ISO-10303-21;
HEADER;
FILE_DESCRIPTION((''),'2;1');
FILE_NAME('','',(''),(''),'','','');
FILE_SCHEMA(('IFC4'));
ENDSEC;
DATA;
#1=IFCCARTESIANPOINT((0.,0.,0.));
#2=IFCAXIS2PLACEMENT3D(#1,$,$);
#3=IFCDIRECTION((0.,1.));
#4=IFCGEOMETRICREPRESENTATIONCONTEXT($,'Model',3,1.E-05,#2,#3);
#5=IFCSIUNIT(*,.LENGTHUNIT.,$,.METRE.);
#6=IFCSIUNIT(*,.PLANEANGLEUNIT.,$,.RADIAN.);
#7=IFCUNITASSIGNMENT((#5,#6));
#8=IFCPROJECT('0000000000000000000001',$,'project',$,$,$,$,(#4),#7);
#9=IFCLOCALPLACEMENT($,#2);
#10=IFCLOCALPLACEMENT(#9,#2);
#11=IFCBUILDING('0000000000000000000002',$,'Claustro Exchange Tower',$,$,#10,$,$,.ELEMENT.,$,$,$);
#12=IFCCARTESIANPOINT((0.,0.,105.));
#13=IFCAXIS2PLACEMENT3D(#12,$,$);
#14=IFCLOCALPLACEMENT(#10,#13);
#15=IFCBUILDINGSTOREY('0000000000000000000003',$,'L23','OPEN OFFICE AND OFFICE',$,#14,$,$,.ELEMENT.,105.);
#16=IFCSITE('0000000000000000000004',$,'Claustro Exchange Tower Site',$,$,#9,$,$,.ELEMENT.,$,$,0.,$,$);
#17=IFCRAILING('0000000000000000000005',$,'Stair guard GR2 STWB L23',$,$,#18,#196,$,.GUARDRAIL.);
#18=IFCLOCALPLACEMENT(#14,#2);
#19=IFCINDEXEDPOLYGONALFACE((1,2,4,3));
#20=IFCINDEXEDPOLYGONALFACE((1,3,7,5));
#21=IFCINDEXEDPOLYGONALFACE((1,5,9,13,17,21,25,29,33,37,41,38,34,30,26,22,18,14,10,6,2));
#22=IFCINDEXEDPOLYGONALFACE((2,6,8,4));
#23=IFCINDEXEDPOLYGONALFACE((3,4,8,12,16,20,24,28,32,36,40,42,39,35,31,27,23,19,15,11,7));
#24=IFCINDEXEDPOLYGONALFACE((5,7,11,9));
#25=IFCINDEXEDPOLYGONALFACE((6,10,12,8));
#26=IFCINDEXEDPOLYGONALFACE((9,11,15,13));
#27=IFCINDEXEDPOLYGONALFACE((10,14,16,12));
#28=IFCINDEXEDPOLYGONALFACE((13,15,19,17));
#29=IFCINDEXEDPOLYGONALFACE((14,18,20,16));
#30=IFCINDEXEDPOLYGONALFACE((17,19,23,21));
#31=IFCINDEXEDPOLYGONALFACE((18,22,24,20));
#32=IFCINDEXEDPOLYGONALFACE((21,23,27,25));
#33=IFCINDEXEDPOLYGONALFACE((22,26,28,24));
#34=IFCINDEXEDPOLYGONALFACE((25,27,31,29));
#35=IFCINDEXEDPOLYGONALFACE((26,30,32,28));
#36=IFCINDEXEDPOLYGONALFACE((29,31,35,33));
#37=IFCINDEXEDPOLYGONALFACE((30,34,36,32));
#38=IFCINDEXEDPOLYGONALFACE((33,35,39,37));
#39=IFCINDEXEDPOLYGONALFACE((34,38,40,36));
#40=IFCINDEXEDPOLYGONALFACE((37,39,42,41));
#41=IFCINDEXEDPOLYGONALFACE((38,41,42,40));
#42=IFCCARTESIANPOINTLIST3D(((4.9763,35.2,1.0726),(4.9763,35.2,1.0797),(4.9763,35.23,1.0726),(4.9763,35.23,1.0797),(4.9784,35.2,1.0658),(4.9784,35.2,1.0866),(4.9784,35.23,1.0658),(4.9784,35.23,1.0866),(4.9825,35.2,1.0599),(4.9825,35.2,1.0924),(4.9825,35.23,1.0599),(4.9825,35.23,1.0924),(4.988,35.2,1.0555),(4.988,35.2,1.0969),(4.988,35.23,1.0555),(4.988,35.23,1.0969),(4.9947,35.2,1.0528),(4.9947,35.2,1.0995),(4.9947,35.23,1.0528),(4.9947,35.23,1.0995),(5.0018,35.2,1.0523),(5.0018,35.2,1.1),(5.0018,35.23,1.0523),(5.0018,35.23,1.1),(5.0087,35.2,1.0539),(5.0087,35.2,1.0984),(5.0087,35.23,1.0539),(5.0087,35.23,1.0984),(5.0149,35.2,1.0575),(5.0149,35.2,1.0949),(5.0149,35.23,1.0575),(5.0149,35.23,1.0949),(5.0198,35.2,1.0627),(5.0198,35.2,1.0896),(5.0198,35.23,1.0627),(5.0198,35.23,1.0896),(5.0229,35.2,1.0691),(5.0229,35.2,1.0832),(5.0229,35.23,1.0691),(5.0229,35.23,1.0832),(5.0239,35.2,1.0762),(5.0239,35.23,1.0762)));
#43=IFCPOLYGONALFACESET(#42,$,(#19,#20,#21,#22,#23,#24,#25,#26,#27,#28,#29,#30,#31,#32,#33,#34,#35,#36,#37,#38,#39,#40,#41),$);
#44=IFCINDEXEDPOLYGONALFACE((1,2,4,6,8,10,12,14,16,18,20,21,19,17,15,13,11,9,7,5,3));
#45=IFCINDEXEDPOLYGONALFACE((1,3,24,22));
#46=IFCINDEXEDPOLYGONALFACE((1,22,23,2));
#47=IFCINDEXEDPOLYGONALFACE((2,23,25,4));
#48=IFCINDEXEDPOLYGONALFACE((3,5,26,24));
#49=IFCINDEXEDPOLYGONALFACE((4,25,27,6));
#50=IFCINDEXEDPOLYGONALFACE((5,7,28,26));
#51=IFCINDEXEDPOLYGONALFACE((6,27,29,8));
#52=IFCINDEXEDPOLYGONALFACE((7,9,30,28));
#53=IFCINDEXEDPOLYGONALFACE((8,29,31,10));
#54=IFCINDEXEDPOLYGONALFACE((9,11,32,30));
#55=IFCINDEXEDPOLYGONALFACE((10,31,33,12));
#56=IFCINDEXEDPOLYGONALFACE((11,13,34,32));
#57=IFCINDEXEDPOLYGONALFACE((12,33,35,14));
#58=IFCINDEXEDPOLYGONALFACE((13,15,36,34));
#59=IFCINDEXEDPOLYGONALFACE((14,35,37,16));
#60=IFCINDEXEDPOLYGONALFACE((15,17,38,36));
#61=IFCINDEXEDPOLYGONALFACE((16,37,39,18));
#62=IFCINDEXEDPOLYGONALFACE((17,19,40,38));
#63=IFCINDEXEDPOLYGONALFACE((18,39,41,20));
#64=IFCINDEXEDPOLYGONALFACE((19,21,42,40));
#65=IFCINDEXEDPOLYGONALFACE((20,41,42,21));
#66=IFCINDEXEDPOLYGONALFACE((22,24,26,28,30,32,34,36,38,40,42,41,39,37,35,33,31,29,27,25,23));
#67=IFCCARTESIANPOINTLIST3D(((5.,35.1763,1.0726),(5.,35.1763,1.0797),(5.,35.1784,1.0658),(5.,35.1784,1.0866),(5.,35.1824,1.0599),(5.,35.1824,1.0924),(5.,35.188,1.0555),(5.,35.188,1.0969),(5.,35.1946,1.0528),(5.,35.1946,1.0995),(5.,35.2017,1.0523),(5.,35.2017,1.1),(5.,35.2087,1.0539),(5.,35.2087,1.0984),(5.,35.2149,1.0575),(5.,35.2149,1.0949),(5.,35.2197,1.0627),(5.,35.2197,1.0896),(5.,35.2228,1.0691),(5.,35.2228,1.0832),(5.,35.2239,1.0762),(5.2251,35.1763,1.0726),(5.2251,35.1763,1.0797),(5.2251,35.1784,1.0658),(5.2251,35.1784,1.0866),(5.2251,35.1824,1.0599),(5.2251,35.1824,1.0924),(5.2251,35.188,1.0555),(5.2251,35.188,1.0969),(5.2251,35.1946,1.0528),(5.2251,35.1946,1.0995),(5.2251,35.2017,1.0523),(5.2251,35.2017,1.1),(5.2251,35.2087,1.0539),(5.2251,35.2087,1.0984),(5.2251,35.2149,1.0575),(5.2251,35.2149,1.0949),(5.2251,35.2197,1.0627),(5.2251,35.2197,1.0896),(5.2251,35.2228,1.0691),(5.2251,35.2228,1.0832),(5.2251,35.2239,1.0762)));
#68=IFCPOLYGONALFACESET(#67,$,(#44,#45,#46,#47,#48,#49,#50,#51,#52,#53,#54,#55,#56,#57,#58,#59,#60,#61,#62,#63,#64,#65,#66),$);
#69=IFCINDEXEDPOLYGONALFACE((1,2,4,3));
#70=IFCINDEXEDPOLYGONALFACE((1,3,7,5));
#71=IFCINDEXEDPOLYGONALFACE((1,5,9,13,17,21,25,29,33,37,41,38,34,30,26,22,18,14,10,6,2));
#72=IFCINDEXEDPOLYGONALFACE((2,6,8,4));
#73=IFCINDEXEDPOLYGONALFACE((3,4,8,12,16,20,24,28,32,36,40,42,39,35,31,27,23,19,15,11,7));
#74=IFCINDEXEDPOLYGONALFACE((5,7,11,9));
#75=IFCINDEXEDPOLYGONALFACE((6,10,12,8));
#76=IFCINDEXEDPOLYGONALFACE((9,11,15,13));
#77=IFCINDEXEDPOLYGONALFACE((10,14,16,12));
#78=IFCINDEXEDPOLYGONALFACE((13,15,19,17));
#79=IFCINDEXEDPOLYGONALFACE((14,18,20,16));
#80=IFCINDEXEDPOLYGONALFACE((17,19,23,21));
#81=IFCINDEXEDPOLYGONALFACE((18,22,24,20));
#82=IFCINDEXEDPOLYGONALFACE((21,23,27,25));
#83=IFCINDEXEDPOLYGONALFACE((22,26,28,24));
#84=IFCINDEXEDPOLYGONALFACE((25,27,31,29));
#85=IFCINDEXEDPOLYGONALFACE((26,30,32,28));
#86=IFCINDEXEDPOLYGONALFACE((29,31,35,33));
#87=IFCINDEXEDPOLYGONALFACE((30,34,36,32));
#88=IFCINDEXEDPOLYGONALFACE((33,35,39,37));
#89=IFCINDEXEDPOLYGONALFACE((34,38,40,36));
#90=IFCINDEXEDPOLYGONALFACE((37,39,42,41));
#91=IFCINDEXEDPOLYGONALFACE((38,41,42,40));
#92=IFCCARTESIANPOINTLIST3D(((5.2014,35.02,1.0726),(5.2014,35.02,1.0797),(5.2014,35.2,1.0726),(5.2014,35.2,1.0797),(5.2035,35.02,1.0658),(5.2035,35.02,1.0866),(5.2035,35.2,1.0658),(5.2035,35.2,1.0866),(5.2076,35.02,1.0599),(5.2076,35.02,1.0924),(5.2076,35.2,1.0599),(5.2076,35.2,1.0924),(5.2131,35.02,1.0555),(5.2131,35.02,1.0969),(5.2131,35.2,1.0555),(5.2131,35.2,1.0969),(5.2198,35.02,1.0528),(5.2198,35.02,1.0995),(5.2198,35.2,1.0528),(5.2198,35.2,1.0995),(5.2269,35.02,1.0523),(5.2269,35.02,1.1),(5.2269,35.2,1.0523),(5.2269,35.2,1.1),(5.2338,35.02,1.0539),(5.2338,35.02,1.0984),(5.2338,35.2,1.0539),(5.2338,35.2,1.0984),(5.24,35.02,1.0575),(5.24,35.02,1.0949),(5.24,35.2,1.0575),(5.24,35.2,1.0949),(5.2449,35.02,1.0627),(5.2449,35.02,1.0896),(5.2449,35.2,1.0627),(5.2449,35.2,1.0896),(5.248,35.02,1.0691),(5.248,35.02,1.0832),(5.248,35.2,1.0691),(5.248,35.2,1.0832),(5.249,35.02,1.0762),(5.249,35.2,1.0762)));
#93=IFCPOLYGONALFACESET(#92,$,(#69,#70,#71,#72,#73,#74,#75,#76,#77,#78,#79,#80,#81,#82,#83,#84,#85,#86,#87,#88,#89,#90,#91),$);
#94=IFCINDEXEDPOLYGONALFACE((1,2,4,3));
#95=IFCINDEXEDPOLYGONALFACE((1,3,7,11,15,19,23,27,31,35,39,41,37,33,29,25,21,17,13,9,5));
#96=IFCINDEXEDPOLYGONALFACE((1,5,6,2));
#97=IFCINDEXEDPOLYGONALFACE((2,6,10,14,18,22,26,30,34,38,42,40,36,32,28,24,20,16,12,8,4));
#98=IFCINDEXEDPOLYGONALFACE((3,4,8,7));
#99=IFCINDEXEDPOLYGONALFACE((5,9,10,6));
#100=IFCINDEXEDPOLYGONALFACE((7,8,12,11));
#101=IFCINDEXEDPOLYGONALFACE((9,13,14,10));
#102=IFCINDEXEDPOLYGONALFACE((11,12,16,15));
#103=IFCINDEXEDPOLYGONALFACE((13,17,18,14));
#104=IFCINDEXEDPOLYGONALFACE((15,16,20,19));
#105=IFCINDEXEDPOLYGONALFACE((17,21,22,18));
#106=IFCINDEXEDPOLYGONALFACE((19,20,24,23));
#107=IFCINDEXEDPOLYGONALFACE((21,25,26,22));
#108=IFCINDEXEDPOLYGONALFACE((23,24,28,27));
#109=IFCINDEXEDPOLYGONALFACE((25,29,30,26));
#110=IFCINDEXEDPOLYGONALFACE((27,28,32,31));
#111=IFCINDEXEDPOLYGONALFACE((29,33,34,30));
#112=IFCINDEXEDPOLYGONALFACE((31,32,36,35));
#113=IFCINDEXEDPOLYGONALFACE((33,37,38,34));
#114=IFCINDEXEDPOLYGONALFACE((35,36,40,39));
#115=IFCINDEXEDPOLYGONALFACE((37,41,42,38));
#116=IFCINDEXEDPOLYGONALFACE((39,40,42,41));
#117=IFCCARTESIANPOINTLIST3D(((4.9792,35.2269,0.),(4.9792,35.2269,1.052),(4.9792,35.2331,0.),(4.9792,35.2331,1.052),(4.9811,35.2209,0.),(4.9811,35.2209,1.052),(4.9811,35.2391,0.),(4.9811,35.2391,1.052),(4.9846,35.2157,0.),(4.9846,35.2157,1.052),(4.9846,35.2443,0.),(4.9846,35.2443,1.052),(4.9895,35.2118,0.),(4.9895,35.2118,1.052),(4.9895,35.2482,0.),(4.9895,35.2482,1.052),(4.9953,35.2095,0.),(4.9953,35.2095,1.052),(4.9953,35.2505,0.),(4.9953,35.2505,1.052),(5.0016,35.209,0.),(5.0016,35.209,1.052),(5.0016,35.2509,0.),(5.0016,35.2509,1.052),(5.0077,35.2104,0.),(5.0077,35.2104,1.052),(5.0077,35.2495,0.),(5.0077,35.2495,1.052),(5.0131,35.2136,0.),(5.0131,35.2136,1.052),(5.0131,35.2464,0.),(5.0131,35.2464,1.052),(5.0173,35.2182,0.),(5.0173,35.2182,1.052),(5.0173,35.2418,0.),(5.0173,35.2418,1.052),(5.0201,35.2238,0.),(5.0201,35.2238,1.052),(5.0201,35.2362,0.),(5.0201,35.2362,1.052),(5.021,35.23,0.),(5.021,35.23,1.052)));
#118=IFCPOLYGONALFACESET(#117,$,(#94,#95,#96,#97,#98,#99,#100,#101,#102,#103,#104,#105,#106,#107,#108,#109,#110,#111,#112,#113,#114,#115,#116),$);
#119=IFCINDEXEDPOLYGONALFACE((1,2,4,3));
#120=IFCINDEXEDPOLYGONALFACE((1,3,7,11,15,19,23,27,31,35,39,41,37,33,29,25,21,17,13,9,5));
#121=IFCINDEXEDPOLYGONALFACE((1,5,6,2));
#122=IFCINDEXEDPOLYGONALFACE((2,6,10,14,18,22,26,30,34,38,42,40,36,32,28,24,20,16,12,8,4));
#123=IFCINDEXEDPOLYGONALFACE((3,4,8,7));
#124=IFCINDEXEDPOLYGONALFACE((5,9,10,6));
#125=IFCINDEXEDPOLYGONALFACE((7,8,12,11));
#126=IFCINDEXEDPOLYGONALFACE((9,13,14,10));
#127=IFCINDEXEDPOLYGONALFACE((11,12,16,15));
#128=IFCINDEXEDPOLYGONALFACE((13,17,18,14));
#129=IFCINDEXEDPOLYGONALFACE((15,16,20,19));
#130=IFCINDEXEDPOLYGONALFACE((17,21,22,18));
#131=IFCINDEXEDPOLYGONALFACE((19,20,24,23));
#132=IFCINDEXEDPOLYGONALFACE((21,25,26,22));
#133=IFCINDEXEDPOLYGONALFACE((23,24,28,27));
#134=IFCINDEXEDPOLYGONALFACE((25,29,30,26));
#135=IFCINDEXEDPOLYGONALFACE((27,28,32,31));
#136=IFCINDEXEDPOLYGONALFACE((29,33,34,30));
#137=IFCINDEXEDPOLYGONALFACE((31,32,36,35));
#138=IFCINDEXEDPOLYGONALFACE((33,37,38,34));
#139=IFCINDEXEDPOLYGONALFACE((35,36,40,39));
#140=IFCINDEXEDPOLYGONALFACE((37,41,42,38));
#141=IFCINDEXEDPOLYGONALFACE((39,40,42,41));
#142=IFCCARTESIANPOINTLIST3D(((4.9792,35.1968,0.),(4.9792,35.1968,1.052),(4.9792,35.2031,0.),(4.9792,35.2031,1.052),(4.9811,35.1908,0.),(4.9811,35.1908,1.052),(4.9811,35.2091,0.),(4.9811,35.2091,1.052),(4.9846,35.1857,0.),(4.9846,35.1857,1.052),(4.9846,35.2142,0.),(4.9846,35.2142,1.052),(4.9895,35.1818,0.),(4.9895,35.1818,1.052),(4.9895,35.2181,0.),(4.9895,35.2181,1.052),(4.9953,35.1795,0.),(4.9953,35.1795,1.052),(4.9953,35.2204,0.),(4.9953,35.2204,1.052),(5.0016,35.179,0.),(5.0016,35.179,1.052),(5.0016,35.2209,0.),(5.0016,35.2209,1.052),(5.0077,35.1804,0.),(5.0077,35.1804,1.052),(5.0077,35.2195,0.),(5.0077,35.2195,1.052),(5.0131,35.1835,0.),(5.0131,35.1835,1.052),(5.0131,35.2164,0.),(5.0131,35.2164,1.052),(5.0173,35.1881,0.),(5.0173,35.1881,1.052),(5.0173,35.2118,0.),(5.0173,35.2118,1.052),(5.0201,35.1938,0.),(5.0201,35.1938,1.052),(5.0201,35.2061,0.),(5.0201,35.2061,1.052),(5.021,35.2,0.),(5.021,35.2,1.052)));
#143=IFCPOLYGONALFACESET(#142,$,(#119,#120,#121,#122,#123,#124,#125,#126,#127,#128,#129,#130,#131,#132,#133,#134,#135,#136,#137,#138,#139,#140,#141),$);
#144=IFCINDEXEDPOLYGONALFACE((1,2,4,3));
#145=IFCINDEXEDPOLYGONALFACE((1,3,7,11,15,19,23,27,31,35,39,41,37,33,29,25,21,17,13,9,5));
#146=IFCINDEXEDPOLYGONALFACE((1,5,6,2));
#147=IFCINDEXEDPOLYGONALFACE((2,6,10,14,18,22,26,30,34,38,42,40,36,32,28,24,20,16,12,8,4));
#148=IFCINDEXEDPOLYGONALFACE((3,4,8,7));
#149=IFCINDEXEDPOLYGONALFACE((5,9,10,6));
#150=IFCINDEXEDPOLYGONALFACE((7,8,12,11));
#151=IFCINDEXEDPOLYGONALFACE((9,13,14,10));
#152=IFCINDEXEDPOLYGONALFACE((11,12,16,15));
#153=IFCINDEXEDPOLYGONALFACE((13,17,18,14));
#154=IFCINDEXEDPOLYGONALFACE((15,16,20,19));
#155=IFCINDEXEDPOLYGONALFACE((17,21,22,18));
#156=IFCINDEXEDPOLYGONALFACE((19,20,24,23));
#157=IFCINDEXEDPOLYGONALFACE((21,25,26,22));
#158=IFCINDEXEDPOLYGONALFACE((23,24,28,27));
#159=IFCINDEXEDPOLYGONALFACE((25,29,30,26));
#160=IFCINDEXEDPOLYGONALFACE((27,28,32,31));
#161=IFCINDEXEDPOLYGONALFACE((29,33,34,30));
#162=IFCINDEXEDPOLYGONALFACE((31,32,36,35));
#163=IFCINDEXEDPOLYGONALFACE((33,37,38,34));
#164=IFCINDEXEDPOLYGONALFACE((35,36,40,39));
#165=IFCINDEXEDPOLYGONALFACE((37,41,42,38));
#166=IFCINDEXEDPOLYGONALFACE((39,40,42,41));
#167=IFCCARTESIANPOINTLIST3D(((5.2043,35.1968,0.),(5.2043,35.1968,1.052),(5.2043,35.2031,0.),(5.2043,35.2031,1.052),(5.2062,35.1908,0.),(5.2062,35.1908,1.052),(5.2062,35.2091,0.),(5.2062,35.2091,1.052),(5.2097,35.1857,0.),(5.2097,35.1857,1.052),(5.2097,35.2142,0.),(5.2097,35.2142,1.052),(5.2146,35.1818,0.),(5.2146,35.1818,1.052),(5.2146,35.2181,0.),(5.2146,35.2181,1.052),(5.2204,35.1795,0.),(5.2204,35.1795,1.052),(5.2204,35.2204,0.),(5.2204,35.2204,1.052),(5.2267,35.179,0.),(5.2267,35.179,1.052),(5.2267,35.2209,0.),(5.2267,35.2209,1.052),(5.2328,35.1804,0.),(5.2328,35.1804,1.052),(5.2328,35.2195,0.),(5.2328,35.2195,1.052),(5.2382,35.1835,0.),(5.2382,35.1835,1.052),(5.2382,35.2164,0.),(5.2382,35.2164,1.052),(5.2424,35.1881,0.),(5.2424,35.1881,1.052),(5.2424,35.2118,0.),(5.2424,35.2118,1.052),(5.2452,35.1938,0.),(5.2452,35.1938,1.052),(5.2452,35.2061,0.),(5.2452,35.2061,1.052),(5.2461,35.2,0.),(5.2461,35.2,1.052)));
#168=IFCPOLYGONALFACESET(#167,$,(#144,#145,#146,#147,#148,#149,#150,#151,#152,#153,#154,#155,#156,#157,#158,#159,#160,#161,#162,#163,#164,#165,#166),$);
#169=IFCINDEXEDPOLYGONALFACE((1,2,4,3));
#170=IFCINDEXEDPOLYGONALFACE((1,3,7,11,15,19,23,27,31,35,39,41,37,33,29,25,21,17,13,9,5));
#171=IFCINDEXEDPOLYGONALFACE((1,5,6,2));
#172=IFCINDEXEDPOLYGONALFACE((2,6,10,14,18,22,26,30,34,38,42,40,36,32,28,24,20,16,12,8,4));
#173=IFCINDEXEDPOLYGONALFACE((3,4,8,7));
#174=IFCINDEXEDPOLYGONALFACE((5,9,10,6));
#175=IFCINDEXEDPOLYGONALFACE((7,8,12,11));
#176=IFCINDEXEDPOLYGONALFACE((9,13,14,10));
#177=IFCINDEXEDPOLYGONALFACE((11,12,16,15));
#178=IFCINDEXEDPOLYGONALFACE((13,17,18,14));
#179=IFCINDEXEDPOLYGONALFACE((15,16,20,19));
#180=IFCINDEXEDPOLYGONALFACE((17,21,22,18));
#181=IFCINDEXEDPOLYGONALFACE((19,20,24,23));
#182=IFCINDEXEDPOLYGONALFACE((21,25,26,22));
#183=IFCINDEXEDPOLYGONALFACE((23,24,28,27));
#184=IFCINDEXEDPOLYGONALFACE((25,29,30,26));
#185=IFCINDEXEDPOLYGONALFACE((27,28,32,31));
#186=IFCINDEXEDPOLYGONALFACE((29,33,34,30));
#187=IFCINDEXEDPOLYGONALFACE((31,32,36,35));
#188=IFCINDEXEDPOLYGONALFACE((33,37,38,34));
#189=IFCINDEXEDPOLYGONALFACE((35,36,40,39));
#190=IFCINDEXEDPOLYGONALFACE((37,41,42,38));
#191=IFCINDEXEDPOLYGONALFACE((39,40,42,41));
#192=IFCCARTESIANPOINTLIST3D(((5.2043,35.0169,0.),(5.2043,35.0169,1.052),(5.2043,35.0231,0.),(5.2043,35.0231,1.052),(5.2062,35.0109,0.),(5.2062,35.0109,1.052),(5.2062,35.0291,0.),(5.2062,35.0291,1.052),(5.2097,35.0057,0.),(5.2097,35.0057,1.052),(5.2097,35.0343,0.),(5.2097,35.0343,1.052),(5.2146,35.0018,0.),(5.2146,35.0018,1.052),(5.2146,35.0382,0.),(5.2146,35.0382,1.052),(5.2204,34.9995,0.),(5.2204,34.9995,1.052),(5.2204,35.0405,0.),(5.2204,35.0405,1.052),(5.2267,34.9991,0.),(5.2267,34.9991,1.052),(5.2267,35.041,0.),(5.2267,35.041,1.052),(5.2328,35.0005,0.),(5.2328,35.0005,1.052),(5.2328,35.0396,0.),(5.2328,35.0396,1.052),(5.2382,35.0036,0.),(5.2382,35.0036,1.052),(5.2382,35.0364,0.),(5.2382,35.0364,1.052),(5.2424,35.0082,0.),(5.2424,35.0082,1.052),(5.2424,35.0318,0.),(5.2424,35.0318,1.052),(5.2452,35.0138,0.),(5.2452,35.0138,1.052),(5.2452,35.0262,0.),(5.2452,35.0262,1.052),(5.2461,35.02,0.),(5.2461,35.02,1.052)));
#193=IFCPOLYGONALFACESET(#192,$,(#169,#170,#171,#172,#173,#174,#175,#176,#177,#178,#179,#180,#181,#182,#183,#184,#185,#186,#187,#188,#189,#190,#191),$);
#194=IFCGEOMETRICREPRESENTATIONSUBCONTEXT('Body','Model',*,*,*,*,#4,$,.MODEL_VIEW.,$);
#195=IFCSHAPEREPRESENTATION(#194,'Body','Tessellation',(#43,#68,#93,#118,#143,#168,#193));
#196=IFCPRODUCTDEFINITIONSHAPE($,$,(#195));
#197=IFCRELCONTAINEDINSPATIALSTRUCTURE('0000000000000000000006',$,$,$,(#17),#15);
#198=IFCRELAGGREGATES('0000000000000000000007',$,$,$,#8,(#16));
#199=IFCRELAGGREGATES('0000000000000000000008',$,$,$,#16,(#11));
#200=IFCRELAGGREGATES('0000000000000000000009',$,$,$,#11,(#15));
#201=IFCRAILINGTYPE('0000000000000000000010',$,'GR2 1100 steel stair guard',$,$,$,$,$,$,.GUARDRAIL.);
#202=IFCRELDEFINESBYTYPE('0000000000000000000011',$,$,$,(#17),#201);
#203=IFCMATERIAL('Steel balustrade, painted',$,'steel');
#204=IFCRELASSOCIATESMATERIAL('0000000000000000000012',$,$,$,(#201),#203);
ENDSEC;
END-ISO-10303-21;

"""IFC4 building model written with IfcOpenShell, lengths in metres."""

from ifc_helpers import new_model, si_unit, direction, frame, origin, origin_2d, place, context, subcontext, project, spatial, circle, extrude, material, type_object, element, save


model = new_model("IFC4")

# Units and contexts
model_context = context("Model", 3, precision=1e-05, world=origin(), true_north=direction((0.0, 1.0)))
body_context = subcontext(model_context, "Body", "Model", "MODEL_VIEW")
ifc_project = project(units=[si_unit("LENGTHUNIT", "METRE"), si_unit("PLANEANGLEUNIT", "RADIAN")], contexts=[model_context])

# Site, building, storey
site_placement = place(None, origin())
site = spatial("IfcSite", under=ifc_project, at=site_placement, Name="Claustro Exchange Tower Site", CompositionType="ELEMENT", RefElevation=0.0)
building_placement = place(site_placement, origin())
building = spatial("IfcBuilding", under=site, at=building_placement, Name="Claustro Exchange Tower", CompositionType="ELEMENT")
storey_placement = place(building_placement, frame((0.0, 0.0, 105.0)))
storey = spatial("IfcBuildingStorey", under=building, at=storey_placement, Name="L23", Description="OPEN OFFICE AND OFFICE", CompositionType="ELEMENT", Elevation=105.0)

# Railing
ifc_material_1 = material(Name="Steel balustrade, painted", Category="steel")
railing_type_1 = type_object("IfcRailingType", Name="GR2 1100 steel stair guard", PredefinedType="GUARDRAIL", material=ifc_material_1)
railing_1_placement = place(storey_placement, frame((5.0, 35.23, 0.0)))
element("IfcRailing", 1, at=railing_1_placement, inside=storey, type_object=railing_type_1, Name="Stair guard GR2 STWB L23", PredefinedType="GUARDRAIL", context=body_context, shape_type="SweptSolid", body=[
    extrude(circle(Radius=0.0239, at=origin_2d()), frame((0.0, 0.0, 1.0762), z_axis=(0.0, -1.0, 0.0), x_axis=(1.0, 0.0, 0.0)), (0.0, 0.0, 1.0), 0.03),
    extrude(circle(Radius=0.0239, at=origin_2d()), frame((0.0, -0.03, 1.0762), z_axis=(1.0, 0.0, 0.0), x_axis=(0.0, 1.0, 0.0)), (0.0, 0.0, 1.0), 0.2251),
    extrude(circle(Radius=0.0239, at=origin_2d()), frame((0.2251, -0.03, 1.0762), z_axis=(0.0, -1.0, 0.0), x_axis=(1.0, 0.0, 0.0)), (0.0, 0.0, 1.0), 0.1799),
    extrude(circle(Radius=0.021, at=origin_2d()), origin(), (0.0, 0.0, 1.0), 1.052),
    extrude(circle(Radius=0.021, at=origin_2d()), frame((0.0, -0.03, 0.0)), (0.0, 0.0, 1.0), 1.052),
    extrude(circle(Radius=0.021, at=origin_2d()), frame((0.2251, -0.03, 0.0)), (0.0, 0.0, 1.0), 1.052),
    extrude(circle(Radius=0.021, at=origin_2d()), frame((0.2251, -0.21, 0.0)), (0.0, 0.0, 1.0), 1.052),
])

save(model, "model.ifc")
